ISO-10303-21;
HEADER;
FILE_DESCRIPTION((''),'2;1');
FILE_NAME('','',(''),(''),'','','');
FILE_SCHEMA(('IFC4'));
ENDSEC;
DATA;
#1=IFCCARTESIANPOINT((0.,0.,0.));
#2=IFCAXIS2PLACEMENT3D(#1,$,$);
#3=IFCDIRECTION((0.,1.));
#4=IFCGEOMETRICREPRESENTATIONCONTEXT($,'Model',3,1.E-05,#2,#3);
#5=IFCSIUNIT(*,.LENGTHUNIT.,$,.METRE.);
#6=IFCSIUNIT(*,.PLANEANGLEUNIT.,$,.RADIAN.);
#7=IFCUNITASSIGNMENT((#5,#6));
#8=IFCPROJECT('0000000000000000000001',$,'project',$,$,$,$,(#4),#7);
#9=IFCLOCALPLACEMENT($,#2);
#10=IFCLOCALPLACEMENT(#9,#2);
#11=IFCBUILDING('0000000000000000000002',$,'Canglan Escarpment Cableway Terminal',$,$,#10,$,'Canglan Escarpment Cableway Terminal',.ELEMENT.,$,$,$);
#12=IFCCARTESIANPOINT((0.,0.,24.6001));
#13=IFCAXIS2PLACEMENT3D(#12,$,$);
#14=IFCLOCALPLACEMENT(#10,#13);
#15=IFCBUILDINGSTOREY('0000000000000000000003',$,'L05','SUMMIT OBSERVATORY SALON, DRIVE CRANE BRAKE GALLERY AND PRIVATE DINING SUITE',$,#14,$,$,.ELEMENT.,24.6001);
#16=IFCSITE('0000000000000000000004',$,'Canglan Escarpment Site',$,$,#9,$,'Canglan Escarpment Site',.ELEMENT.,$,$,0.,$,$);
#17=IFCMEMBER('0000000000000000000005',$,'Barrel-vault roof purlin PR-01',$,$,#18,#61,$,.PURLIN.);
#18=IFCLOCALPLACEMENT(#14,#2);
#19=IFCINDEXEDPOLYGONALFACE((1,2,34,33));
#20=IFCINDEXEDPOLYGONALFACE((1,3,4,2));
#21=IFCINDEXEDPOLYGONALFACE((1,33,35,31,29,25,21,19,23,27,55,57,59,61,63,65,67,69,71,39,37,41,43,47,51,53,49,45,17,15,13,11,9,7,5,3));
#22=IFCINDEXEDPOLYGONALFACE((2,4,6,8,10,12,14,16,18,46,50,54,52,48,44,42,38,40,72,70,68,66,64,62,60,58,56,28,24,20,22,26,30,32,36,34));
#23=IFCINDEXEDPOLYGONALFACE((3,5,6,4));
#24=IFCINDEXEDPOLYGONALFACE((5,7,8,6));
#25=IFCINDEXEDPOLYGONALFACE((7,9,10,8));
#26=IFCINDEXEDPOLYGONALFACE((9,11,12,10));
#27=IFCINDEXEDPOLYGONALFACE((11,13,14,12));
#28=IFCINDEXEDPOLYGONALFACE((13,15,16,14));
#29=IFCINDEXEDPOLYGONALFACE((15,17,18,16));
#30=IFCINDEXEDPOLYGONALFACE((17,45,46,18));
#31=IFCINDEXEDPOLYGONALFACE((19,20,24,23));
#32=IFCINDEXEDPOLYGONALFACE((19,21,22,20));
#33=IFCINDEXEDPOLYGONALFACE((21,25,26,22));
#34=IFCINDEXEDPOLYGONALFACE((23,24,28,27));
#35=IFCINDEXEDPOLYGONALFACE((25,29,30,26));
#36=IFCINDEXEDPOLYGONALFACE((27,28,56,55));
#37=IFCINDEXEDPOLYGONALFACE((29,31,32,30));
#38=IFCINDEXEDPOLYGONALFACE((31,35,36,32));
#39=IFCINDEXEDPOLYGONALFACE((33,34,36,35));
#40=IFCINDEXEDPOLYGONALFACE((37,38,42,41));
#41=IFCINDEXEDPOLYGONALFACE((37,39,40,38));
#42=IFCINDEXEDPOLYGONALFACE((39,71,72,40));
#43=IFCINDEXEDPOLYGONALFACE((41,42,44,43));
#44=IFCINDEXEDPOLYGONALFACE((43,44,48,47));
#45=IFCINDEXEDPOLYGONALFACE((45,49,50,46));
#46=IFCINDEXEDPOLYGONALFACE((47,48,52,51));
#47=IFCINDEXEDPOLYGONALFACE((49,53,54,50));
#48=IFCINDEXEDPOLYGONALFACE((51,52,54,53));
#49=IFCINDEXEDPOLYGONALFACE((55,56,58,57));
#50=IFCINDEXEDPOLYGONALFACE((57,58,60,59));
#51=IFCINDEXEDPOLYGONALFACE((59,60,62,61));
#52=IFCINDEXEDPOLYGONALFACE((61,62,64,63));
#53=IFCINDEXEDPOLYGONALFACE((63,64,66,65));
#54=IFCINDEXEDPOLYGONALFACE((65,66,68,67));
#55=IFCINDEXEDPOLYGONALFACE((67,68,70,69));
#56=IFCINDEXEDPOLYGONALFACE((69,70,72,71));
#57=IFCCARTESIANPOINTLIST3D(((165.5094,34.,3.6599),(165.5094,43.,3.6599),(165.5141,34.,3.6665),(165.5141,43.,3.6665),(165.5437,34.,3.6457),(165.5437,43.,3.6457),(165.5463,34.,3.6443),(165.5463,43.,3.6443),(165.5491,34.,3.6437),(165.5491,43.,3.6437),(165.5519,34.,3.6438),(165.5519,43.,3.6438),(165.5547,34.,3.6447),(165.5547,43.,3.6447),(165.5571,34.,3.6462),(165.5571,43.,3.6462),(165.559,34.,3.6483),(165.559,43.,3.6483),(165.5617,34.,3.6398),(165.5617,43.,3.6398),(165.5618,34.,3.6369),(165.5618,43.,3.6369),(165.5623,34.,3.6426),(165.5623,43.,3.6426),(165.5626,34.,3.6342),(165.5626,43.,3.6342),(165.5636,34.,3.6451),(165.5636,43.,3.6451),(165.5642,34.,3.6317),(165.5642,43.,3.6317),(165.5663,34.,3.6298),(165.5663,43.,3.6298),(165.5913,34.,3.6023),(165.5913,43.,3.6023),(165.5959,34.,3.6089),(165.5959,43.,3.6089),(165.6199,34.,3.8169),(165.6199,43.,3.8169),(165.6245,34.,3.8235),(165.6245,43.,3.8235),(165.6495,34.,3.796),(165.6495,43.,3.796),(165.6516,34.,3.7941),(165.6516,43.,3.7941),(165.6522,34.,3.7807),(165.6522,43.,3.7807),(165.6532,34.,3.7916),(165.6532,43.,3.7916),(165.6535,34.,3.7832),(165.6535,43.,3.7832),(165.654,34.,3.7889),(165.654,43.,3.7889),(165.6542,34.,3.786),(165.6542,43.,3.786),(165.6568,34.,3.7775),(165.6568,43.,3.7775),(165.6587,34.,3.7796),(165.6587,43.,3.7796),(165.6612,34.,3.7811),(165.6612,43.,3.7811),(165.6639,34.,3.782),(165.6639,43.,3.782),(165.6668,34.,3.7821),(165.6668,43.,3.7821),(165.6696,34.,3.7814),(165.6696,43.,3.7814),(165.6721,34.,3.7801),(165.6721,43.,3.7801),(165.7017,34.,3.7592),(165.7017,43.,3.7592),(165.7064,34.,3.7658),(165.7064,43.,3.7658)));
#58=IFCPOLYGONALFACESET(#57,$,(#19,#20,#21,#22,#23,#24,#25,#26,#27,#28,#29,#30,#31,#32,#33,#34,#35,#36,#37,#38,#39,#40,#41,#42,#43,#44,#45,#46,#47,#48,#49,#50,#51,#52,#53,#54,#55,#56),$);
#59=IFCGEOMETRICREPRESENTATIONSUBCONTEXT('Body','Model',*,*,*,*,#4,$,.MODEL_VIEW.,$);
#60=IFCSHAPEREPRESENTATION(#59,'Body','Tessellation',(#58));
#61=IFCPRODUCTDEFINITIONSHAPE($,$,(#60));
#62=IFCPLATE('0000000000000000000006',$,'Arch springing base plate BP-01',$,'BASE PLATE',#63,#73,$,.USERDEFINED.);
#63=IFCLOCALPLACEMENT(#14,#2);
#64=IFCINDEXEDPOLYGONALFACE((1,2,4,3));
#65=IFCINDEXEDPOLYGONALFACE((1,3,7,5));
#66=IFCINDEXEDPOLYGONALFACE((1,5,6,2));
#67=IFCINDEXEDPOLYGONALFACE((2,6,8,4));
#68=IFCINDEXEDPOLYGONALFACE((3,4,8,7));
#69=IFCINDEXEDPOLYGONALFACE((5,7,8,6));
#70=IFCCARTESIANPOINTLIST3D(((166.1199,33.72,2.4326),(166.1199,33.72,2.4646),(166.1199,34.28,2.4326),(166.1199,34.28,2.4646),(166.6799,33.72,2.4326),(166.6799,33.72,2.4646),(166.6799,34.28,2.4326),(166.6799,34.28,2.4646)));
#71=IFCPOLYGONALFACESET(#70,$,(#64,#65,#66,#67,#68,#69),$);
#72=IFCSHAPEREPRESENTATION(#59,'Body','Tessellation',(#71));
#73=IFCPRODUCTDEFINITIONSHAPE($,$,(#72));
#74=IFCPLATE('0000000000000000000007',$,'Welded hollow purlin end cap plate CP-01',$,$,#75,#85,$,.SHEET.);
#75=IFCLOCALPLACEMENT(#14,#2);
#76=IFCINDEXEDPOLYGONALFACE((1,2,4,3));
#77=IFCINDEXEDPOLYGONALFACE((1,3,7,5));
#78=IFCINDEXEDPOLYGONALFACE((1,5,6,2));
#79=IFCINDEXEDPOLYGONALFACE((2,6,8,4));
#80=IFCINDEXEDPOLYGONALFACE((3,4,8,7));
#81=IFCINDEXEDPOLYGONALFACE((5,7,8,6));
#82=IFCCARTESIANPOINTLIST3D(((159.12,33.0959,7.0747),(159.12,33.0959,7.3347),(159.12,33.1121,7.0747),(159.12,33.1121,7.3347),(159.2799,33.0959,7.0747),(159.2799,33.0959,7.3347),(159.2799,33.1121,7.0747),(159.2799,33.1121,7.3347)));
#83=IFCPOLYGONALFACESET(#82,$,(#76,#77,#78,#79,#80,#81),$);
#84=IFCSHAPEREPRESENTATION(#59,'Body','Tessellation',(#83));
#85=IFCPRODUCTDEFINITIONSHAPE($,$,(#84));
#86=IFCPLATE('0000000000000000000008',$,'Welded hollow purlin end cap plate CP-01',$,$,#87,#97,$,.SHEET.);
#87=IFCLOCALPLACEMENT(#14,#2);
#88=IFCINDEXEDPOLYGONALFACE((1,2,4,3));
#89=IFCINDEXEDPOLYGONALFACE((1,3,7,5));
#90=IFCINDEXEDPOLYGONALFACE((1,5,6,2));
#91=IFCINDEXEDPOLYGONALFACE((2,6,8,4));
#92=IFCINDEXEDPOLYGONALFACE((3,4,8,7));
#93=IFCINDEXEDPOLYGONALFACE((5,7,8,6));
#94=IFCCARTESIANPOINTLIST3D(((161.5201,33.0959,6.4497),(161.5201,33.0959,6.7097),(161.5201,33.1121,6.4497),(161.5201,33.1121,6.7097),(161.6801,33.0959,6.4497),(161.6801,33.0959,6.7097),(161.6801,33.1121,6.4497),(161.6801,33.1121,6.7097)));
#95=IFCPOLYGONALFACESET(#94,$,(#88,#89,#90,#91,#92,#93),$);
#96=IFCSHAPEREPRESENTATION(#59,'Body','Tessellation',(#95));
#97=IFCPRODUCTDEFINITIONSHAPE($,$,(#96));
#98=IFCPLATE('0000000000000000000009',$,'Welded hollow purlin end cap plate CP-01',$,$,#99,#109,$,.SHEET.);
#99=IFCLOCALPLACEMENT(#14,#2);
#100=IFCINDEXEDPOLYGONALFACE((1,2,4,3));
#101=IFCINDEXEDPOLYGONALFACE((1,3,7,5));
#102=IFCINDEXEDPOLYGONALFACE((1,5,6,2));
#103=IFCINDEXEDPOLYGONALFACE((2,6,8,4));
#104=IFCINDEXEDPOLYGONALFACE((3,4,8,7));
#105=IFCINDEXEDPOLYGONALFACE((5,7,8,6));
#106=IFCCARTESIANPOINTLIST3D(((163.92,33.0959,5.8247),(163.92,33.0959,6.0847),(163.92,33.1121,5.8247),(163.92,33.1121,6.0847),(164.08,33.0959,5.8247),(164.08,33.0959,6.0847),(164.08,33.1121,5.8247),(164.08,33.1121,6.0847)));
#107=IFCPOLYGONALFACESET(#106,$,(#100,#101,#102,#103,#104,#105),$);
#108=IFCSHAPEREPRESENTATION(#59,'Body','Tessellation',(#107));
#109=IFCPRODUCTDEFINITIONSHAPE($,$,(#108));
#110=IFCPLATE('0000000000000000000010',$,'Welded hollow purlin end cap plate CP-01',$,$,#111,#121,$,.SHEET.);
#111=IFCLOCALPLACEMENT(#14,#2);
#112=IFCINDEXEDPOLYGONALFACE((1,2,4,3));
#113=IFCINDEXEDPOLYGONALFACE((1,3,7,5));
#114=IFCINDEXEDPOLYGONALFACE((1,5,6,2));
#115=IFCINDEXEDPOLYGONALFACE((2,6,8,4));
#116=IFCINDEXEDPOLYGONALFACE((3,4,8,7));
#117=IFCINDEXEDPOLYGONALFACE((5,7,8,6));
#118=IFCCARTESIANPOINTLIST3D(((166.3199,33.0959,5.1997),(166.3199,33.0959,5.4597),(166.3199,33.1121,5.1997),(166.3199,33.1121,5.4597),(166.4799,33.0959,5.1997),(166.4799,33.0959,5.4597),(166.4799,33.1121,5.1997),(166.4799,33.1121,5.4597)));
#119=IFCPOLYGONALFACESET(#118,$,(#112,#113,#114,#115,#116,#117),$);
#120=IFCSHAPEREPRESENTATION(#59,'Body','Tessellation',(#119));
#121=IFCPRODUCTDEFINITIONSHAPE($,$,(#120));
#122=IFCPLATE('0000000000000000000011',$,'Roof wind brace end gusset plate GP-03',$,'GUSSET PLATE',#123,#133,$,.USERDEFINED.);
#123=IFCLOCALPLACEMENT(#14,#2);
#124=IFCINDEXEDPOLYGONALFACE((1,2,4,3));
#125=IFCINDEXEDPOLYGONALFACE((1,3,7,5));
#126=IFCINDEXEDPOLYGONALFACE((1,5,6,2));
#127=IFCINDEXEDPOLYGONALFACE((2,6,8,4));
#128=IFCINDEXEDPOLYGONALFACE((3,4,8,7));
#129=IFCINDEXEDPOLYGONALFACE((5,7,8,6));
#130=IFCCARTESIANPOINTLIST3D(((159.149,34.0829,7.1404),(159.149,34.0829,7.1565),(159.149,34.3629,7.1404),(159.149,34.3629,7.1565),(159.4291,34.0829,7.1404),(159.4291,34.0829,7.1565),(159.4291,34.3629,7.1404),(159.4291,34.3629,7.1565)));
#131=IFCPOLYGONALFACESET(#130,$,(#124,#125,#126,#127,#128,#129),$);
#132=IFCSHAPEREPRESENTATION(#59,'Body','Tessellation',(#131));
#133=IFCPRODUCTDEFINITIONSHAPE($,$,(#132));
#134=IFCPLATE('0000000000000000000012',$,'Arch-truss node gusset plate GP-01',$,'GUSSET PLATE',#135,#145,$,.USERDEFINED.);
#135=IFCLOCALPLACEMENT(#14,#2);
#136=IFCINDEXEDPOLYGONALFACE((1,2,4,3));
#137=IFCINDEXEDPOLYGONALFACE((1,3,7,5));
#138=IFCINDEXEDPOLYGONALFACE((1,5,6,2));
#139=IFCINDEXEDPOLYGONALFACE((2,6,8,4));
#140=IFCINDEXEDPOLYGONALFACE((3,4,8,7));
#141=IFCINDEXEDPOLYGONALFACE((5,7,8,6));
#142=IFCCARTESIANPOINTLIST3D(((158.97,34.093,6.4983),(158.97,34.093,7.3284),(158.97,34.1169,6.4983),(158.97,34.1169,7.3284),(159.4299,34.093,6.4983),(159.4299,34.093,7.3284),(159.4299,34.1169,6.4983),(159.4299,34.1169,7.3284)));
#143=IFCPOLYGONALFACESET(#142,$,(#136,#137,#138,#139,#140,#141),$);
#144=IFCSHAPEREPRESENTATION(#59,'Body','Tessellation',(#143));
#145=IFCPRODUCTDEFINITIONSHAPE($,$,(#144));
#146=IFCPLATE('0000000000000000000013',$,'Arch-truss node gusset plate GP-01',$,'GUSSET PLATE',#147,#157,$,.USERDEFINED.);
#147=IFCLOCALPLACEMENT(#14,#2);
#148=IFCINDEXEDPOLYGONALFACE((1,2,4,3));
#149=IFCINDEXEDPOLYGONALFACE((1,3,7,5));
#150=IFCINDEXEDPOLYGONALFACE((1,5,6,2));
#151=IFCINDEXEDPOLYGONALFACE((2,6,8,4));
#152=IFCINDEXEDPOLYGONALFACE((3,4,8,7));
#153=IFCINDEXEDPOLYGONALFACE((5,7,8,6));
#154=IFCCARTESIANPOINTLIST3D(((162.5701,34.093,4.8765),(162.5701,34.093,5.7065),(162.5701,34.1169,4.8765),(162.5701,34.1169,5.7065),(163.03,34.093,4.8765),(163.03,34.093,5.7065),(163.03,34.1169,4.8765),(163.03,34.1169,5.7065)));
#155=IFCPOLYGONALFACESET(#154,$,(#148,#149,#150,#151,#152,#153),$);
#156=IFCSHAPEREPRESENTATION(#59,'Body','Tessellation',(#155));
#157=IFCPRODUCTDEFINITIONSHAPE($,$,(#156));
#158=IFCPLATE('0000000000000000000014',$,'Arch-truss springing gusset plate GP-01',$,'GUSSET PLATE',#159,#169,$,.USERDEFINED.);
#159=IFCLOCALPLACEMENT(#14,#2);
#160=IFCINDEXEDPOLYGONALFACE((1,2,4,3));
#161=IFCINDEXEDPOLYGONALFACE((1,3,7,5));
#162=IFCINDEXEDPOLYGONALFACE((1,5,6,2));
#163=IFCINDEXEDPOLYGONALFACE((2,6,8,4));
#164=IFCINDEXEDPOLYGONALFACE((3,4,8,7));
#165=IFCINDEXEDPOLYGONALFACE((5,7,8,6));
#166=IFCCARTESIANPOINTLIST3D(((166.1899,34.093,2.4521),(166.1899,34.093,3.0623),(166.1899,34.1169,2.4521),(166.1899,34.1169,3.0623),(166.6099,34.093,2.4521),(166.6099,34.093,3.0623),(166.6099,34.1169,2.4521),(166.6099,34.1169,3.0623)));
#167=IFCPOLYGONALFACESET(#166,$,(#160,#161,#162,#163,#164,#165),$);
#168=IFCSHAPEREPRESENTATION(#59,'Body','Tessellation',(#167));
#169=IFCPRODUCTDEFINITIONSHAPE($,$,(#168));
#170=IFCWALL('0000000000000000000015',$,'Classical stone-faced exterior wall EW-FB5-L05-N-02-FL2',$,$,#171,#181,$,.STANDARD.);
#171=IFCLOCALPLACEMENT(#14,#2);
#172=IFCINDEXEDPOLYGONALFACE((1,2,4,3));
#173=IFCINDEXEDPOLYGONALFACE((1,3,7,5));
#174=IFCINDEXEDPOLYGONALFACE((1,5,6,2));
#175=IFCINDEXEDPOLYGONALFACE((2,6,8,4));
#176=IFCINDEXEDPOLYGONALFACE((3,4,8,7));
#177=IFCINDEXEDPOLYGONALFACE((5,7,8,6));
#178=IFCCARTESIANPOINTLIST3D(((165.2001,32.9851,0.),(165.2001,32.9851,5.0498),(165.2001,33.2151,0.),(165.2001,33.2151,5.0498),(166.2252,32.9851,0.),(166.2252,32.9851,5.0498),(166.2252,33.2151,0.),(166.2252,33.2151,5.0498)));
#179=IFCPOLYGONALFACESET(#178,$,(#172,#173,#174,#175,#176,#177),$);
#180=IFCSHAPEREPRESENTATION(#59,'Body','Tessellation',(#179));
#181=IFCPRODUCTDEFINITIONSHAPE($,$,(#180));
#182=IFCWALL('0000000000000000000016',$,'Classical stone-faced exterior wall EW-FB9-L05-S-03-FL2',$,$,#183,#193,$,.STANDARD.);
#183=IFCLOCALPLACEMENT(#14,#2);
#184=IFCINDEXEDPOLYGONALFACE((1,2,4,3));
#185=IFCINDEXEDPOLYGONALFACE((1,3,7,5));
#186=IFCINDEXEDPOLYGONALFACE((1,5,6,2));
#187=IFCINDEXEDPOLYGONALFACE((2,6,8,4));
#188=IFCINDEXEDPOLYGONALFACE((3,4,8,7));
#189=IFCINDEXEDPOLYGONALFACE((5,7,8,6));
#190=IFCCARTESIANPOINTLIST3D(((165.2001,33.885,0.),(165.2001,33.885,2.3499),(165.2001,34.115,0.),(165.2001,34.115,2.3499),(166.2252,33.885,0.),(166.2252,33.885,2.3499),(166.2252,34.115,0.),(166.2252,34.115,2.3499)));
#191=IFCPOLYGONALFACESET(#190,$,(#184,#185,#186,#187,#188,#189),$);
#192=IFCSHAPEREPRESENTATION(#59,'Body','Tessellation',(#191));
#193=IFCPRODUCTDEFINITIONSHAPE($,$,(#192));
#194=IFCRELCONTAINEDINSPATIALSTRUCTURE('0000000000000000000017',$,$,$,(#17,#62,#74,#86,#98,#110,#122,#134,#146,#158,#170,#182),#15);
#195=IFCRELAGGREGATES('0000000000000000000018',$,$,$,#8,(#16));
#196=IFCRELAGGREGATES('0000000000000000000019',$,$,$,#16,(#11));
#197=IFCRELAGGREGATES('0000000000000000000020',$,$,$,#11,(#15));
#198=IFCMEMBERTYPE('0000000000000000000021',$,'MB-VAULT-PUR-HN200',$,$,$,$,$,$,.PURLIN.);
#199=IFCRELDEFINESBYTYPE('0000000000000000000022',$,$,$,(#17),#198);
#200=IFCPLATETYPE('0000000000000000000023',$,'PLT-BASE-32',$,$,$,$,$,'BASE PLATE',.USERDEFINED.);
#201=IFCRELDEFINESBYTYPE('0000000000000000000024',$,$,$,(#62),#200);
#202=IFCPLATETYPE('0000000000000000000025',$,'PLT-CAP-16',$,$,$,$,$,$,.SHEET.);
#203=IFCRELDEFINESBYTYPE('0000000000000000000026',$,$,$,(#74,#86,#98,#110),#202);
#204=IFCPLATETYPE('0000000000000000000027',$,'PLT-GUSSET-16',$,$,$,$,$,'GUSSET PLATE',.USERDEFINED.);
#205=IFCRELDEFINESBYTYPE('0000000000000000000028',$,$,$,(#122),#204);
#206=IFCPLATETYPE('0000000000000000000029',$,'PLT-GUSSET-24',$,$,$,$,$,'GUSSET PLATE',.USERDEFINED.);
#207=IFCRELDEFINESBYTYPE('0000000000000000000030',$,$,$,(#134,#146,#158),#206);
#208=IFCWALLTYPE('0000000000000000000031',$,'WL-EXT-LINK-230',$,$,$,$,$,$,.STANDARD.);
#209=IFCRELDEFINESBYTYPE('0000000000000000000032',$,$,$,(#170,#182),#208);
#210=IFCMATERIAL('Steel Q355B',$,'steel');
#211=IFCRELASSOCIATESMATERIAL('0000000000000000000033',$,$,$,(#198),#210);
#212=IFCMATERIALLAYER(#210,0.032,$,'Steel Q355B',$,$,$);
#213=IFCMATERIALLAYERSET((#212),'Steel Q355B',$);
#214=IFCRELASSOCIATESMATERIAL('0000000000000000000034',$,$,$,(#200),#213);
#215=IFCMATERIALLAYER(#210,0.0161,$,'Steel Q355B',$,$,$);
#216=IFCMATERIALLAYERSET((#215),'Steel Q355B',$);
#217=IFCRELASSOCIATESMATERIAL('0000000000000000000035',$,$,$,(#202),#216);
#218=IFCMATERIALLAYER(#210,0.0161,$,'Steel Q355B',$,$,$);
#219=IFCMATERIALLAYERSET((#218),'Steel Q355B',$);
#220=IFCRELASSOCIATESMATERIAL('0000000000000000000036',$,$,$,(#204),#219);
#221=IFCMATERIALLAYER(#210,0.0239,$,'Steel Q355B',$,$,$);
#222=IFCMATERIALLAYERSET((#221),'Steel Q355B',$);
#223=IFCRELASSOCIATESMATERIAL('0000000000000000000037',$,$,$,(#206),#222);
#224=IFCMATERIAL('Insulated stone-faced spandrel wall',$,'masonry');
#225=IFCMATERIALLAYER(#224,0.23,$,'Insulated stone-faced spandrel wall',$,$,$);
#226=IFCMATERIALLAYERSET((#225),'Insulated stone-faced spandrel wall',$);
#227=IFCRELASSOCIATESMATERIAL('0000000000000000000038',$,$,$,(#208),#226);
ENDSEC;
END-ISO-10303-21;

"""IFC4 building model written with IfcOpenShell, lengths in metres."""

from ifc_helpers import new_model, si_unit, direction, frame, frame_2d, origin, origin_2d, place, context, subcontext, project, spatial, rectangle, i_section, extrude, material, layer, layer_set, material_profile, profile_set, type_object, element, save


model = new_model("IFC4")

# Units and contexts
model_context = context("Model", 3, precision=1e-05, world=origin(), true_north=direction((0.0, 1.0)))
body_context = subcontext(model_context, "Body", "Model", "MODEL_VIEW")
ifc_project = project(units=[si_unit("LENGTHUNIT", "METRE"), si_unit("PLANEANGLEUNIT", "RADIAN")], contexts=[model_context])

# Site, building, storey
site_placement = place(None, origin())
site = spatial("IfcSite", under=ifc_project, at=site_placement, Name="Canglan Escarpment Site", LongName="Canglan Escarpment Site", CompositionType="ELEMENT", RefElevation=0.0)
building_placement = place(site_placement, origin())
building = spatial("IfcBuilding", under=site, at=building_placement, Name="Canglan Escarpment Cableway Terminal", LongName="Canglan Escarpment Cableway Terminal", CompositionType="ELEMENT")
storey_placement = place(building_placement, frame((0.0, 0.0, 24.6001)))
storey = spatial("IfcBuildingStorey", under=building, at=storey_placement, Name="L05", Description="SUMMIT OBSERVATORY SALON, DRIVE CRANE BRAKE GALLERY AND PRIVATE DINING SUITE", CompositionType="ELEMENT", Elevation=24.6001)

# Shared definitions
ifc_material_1 = material(Name="Steel Q355B", Category="steel")

# Member
ifc_material_profile_1 = material_profile(ifc_material_1, i_section(OverallWidth=0.1001, OverallDepth=0.2, WebThickness=0.0056, FlangeThickness=0.0081, FilletRadius=0.011, at=origin_2d()), Name="HN 200x100x5.5x8")
ifc_profile_set_1 = profile_set([ifc_material_profile_1], Name="Steel Q355B")
member_type_1 = type_object("IfcMemberType", Name="MB-VAULT-PUR-HN200", PredefinedType="PURLIN", material=ifc_profile_set_1)
for number, where, z_axis, x_axis, name in (
    (1, (165.6079, 34.0, 3.7129), (0.0, 1.0, 0.0), (-0.817728, 0.0, 0.575605), "Barrel-vault roof purlin PR-01"),
):
    element("IfcMember", number, at=place(storey_placement, frame(where, z_axis=z_axis, x_axis=x_axis)), inside=storey, type_object=member_type_1, Name=name, PredefinedType="PURLIN", context=body_context, shape_type="SweptSolid", body=[
        extrude(i_section(OverallWidth=0.1001, OverallDepth=0.2, WebThickness=0.0056, FlangeThickness=0.0081, FilletRadius=0.011, at=origin_2d()), origin(), (0.0, 0.0, 1.0), 9.0),
    ])

# Plates
ifc_layer_1 = layer(ifc_material_1, 0.032, Name="Steel Q355B")
ifc_layer_set_1 = layer_set([ifc_layer_1], Name="Steel Q355B")
plate_type_1 = type_object("IfcPlateType", Name="PLT-BASE-32", ElementType="BASE PLATE", PredefinedType="USERDEFINED", material=ifc_layer_set_1)
plate_1_placement = place(storey_placement, frame((166.3999, 34.0, 2.4326), z_axis=(0.0, 0.0, 1.0), x_axis=(1.0, 0.0, 0.0)))
element("IfcPlate", 2, at=plate_1_placement, inside=storey, type_object=plate_type_1, Name="Arch springing base plate BP-01", ObjectType="BASE PLATE", PredefinedType="USERDEFINED", context=body_context, shape_type="SweptSolid", body=[
    extrude(rectangle(XDim=0.5601, YDim=0.5601, at=origin_2d()), origin(), (0.0, 0.0, 1.0), 0.032),
])
ifc_layer_2 = layer(ifc_material_1, 0.0161, Name="Steel Q355B")
ifc_layer_set_2 = layer_set([ifc_layer_2], Name="Steel Q355B")
plate_type_2 = type_object("IfcPlateType", Name="PLT-CAP-16", PredefinedType="SHEET", material=ifc_layer_set_2)
for number, where, z_axis, x_axis, name in (
    (3, (159.2, 33.104, 7.0747), (0.0, 0.0, 1.0), (1.0, 0.0, 0.0), "Welded hollow purlin end cap plate CP-01"),
    (4, (161.6001, 33.104, 6.4497), (0.0, 0.0, 1.0), (1.0, 0.0, 0.0), "Welded hollow purlin end cap plate CP-01"),
    (5, (164.0, 33.104, 5.8247), (0.0, 0.0, 1.0), (1.0, 0.0, 0.0), "Welded hollow purlin end cap plate CP-01"),
    (6, (166.3999, 33.104, 5.1997), (0.0, 0.0, 1.0), (1.0, 0.0, 0.0), "Welded hollow purlin end cap plate CP-01"),
):
    element("IfcPlate", number, at=place(storey_placement, frame(where, z_axis=z_axis, x_axis=x_axis)), inside=storey, type_object=plate_type_2, Name=name, PredefinedType="SHEET", context=body_context, shape_type="SweptSolid", body=[
        extrude(rectangle(XDim=0.1599, YDim=0.0161, at=origin_2d()), origin(), (0.0, 0.0, 1.0), 0.26),
    ])
ifc_layer_3 = layer(ifc_material_1, 0.0161, Name="Steel Q355B")
ifc_layer_set_3 = layer_set([ifc_layer_3], Name="Steel Q355B")
plate_type_3 = type_object("IfcPlateType", Name="PLT-GUSSET-16", ElementType="GUSSET PLATE", PredefinedType="USERDEFINED", material=ifc_layer_set_3)
plate_2_placement = place(storey_placement, frame((159.2891, 34.2229, 7.1404), z_axis=(0.0, 0.0, 1.0), x_axis=(1.0, 0.0, 0.0)))
element("IfcPlate", 7, at=plate_2_placement, inside=storey, type_object=plate_type_3, Name="Roof wind brace end gusset plate GP-03", ObjectType="GUSSET PLATE", PredefinedType="USERDEFINED", context=body_context, shape_type="SweptSolid", body=[
    extrude(rectangle(XDim=0.28, YDim=0.28, at=origin_2d()), origin(), (0.0, 0.0, 1.0), 0.0161),
])
ifc_layer_4 = layer(ifc_material_1, 0.0239, Name="Steel Q355B")
ifc_layer_set_4 = layer_set([ifc_layer_4], Name="Steel Q355B")
plate_type_4 = type_object("IfcPlateType", Name="PLT-GUSSET-24", ElementType="GUSSET PLATE", PredefinedType="USERDEFINED", material=ifc_layer_set_4)
for number, where, z_axis, x_axis, name in (
    (8, (159.2, 34.105, 6.4983), (0.0, 0.0, 1.0), (1.0, 0.0, 0.0), "Arch-truss node gusset plate GP-01"),
    (9, (162.8, 34.105, 4.8765), (0.0, 0.0, 1.0), (1.0, 0.0, 0.0), "Arch-truss node gusset plate GP-01"),
):
    element("IfcPlate", number, at=place(storey_placement, frame(where, z_axis=z_axis, x_axis=x_axis)), inside=storey, type_object=plate_type_4, Name=name, ObjectType="GUSSET PLATE", PredefinedType="USERDEFINED", context=body_context, shape_type="SweptSolid", body=[
        extrude(rectangle(XDim=0.46, YDim=0.0239, at=origin_2d()), origin(), (0.0, 0.0, 1.0), 0.8301),
    ])
plate_3_placement = place(storey_placement, frame((166.3999, 34.105, 2.4521), z_axis=(0.0, 0.0, 1.0), x_axis=(1.0, 0.0, 0.0)))
element("IfcPlate", 10, at=plate_3_placement, inside=storey, type_object=plate_type_4, Name="Arch-truss springing gusset plate GP-01", ObjectType="GUSSET PLATE", PredefinedType="USERDEFINED", context=body_context, shape_type="SweptSolid", body=[
    extrude(rectangle(XDim=0.4199, YDim=0.0239, at=origin_2d()), origin(), (0.0, 0.0, 1.0), 0.6101),
])

# Walls
ifc_material_2 = material(Name="Insulated stone-faced spandrel wall", Category="masonry")
ifc_layer_5 = layer(ifc_material_2, 0.23, Name="Insulated stone-faced spandrel wall")
ifc_layer_set_5 = layer_set([ifc_layer_5], Name="Insulated stone-faced spandrel wall")
wall_type = type_object("IfcWallType", Name="WL-EXT-LINK-230", PredefinedType="STANDARD", material=ifc_layer_set_5)
wall_1_placement = place(storey_placement, frame((165.2, 33.1001, 0.0), z_axis=(0.0, 0.0, 1.0), x_axis=(1.0, 0.0, 0.0)))
element("IfcWall", 11, at=wall_1_placement, inside=storey, type_object=wall_type, Name="Classical stone-faced exterior wall EW-FB5-L05-N-02-FL2", PredefinedType="STANDARD", context=body_context, shape_type="SweptSolid", body=[
    extrude(rectangle(XDim=1.0251, YDim=0.23, at=frame_2d((0.5127, 0.0))), origin(), (0.0, 0.0, 1.0), 5.0498),
])
wall_2_placement = place(storey_placement, frame((165.2, 34.0, 0.0), z_axis=(0.0, 0.0, 1.0), x_axis=(1.0, 0.0, 0.0)))
element("IfcWall", 12, at=wall_2_placement, inside=storey, type_object=wall_type, Name="Classical stone-faced exterior wall EW-FB9-L05-S-03-FL2", PredefinedType="STANDARD", context=body_context, shape_type="SweptSolid", body=[
    extrude(rectangle(XDim=1.0251, YDim=0.23, at=frame_2d((0.5127, 0.0))), origin(), (0.0, 0.0, 1.0), 2.3499),
])

save(model, "model.ifc")
